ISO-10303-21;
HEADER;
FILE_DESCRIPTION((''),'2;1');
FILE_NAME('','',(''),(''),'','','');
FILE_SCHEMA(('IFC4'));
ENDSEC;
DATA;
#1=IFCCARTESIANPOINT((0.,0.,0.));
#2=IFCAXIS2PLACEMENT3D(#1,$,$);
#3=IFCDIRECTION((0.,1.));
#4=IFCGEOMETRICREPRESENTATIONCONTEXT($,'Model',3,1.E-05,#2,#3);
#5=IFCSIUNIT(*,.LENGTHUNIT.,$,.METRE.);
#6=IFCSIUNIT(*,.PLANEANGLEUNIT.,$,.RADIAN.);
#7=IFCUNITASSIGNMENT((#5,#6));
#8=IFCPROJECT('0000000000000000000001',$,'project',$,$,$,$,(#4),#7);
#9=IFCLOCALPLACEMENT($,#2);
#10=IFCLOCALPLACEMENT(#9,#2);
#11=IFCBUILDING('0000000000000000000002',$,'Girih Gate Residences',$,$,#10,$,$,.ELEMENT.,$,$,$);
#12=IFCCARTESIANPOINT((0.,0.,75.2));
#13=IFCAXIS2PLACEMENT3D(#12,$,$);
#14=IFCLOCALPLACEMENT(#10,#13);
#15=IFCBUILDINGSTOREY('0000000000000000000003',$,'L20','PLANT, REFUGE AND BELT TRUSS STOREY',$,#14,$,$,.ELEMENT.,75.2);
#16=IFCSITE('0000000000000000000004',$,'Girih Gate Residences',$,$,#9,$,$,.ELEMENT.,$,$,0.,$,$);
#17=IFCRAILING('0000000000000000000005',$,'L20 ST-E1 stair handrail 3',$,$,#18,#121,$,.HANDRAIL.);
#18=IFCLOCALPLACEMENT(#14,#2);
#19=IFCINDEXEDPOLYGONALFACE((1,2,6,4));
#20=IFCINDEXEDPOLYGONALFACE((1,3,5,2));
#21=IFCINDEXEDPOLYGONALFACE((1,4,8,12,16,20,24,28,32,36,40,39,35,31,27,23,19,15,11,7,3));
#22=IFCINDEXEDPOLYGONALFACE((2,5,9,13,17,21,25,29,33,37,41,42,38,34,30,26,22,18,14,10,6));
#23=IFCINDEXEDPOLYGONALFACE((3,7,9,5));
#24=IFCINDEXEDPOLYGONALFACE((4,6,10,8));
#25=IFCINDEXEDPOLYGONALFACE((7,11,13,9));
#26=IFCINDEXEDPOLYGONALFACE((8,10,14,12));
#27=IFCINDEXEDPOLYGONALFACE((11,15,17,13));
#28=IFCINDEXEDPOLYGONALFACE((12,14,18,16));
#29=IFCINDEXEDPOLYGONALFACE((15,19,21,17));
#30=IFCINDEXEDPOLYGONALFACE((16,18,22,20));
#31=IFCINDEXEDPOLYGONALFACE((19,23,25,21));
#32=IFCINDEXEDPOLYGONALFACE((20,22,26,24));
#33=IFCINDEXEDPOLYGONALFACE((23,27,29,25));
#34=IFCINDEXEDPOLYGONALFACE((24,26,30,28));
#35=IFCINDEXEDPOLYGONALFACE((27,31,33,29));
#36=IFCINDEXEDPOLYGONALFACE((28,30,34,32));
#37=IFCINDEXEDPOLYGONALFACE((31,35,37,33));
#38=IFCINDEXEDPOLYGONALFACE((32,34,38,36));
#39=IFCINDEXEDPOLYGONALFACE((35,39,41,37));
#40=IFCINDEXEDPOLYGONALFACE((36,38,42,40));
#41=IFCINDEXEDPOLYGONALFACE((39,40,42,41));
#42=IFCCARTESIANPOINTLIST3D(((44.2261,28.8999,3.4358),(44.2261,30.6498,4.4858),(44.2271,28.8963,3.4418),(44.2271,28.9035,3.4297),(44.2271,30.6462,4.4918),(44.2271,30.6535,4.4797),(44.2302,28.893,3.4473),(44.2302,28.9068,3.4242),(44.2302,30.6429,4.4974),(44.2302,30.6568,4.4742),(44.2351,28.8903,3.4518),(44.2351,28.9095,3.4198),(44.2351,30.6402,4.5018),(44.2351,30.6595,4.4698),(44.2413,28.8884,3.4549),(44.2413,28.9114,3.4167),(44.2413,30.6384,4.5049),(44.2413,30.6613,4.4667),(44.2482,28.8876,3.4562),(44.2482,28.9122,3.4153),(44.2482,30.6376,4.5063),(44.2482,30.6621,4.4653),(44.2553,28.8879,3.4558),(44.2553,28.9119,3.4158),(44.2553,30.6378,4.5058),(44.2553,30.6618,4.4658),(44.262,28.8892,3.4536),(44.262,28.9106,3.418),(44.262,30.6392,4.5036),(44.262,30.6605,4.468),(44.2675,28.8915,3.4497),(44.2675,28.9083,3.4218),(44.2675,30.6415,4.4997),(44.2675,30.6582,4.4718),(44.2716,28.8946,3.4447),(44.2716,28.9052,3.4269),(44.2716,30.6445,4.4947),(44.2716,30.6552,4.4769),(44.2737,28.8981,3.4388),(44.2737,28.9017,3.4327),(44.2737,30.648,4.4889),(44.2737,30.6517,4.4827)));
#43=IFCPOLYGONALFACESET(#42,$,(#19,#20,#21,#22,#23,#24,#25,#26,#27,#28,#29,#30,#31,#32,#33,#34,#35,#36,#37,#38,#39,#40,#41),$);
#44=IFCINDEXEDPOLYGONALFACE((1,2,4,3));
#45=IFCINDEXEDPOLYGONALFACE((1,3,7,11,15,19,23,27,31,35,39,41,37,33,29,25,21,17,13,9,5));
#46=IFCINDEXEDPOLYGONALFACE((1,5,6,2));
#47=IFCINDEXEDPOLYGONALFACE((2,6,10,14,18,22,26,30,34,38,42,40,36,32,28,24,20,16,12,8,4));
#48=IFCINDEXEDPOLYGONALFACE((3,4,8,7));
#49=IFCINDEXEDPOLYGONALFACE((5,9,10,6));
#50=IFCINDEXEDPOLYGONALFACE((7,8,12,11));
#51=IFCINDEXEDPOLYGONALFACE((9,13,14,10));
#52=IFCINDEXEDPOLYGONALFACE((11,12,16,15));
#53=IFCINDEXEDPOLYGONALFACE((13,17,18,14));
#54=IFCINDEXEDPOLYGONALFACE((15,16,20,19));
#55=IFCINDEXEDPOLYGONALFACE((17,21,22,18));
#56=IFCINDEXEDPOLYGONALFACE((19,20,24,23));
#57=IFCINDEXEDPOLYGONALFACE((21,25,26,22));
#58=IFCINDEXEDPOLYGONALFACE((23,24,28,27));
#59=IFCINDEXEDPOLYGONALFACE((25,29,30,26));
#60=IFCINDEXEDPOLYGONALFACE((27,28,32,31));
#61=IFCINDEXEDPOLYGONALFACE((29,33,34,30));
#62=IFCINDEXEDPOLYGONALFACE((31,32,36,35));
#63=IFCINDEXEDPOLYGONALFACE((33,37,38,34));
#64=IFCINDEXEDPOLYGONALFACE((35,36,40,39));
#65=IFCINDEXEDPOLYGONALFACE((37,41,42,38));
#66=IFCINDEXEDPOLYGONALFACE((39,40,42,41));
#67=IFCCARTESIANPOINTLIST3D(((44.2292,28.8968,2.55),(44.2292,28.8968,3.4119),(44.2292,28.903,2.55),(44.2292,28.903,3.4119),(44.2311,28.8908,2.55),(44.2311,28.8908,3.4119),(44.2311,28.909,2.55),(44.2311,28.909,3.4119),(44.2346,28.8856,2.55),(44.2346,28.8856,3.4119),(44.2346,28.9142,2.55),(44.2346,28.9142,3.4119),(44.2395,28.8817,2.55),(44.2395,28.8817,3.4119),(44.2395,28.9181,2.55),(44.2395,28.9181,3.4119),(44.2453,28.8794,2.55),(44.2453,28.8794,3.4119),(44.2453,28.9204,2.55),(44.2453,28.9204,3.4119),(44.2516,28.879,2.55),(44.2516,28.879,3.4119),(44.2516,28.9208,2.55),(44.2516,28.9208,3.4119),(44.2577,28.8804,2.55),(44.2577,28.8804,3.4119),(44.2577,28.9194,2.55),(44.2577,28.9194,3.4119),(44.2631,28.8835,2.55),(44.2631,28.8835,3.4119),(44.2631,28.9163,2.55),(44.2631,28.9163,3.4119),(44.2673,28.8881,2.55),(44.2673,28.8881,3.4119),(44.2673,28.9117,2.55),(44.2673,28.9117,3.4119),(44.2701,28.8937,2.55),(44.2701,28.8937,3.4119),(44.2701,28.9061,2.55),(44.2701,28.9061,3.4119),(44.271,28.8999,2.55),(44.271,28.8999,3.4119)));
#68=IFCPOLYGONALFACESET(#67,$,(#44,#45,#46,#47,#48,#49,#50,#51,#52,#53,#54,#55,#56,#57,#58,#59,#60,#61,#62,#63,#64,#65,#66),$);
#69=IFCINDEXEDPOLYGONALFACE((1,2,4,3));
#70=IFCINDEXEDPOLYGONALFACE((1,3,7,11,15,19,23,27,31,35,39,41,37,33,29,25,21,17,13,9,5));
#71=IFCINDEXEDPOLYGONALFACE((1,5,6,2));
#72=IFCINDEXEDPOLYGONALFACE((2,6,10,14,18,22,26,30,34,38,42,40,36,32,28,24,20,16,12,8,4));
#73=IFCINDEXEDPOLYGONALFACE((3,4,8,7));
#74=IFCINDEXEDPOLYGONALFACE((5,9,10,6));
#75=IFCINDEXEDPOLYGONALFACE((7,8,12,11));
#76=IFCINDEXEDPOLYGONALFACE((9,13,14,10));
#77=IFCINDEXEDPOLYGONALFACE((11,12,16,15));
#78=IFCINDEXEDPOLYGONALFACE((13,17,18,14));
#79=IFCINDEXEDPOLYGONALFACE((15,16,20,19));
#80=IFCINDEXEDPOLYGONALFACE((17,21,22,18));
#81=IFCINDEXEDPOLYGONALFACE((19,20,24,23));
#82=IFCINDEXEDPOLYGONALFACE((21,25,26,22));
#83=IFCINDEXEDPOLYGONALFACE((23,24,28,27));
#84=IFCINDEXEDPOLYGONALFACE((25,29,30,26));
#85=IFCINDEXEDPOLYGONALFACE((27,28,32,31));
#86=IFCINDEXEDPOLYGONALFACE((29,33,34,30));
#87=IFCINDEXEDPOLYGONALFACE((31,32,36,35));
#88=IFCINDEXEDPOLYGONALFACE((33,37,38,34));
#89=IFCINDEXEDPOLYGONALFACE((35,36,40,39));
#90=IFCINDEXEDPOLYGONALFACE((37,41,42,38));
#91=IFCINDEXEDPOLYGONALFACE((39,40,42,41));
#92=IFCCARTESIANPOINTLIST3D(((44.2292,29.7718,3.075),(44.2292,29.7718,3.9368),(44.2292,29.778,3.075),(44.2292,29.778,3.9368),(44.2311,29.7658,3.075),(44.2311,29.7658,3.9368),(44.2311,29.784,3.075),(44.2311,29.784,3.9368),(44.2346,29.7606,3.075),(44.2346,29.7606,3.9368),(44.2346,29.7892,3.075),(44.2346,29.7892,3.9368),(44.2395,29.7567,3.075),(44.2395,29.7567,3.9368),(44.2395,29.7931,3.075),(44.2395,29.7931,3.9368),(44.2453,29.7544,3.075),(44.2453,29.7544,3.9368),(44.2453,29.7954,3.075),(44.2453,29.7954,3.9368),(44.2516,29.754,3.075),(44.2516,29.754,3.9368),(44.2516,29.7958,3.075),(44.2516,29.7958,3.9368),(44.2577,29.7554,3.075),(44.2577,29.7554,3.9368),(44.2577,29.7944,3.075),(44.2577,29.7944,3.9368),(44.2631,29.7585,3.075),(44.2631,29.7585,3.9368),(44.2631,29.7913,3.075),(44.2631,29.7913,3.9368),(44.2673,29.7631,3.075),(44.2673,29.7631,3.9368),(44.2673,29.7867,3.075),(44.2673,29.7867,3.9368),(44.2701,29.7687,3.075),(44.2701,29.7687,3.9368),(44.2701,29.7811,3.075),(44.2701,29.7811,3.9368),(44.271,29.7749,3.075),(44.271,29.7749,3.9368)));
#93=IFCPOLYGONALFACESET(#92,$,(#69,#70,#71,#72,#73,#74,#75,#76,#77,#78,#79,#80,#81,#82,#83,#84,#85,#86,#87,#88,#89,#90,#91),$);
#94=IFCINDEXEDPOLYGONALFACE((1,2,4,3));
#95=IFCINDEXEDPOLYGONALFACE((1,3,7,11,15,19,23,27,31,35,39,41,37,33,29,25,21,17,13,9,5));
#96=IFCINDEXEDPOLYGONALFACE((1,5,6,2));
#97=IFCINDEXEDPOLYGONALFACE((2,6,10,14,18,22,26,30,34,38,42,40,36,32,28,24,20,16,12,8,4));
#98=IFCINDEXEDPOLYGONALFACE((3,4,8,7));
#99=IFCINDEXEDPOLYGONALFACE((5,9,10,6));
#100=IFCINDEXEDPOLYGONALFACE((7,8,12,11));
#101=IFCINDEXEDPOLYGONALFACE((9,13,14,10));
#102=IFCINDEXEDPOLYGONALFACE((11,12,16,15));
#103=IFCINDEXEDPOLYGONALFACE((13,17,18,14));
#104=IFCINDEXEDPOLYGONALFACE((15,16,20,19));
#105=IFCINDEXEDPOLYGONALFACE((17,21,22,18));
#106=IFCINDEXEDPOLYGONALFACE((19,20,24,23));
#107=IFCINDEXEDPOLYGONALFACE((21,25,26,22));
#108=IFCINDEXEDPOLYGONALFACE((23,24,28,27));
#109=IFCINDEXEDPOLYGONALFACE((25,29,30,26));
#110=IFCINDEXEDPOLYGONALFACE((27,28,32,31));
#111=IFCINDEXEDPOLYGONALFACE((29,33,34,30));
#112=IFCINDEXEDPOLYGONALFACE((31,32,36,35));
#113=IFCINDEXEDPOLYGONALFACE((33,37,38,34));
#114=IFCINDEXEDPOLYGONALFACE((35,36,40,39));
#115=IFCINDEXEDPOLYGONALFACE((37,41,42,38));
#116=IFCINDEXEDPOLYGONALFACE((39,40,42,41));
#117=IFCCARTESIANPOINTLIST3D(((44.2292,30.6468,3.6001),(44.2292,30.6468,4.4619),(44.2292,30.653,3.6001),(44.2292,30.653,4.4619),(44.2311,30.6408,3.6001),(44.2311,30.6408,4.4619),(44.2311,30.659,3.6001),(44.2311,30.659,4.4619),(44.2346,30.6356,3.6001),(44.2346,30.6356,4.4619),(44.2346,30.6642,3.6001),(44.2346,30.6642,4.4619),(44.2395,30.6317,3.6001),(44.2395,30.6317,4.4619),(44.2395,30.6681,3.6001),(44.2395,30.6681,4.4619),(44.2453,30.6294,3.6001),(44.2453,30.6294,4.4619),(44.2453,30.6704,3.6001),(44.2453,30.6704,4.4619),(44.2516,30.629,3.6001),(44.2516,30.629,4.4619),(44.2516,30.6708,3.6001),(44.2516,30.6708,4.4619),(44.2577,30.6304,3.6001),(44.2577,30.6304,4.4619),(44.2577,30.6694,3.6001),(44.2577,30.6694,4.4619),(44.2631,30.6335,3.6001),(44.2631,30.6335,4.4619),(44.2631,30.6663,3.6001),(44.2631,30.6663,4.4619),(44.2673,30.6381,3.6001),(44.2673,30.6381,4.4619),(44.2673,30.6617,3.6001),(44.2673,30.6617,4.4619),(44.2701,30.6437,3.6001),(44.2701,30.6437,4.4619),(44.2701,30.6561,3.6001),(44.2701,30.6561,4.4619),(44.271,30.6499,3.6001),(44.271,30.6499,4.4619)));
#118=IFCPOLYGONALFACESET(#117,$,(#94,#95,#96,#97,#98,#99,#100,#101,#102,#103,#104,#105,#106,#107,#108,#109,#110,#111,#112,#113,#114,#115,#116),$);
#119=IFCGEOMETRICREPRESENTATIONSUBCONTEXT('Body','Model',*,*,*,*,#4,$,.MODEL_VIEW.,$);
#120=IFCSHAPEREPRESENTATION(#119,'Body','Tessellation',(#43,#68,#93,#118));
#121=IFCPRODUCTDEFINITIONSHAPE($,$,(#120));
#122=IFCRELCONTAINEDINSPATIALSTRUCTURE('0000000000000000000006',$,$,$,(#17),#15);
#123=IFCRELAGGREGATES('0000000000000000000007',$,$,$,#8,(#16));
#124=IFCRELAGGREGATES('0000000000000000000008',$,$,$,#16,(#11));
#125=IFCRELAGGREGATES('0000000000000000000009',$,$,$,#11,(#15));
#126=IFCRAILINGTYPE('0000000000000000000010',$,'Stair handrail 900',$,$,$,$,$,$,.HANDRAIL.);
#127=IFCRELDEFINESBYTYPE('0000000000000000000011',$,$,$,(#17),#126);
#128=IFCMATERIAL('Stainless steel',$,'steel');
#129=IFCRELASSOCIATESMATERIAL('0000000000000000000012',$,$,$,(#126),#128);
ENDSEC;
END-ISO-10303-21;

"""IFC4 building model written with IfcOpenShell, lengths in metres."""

from ifc_helpers import new_model, si_unit, direction, frame, origin, origin_2d, place, context, subcontext, project, spatial, circle, extrude, material, type_object, element, save


model = new_model("IFC4")

# Units and contexts
model_context = context("Model", 3, precision=1e-05, world=origin(), true_north=direction((0.0, 1.0)))
body_context = subcontext(model_context, "Body", "Model", "MODEL_VIEW")
ifc_project = project(units=[si_unit("LENGTHUNIT", "METRE"), si_unit("PLANEANGLEUNIT", "RADIAN")], contexts=[model_context])

# Site, building, storey
site_placement = place(None, origin())
site = spatial("IfcSite", under=ifc_project, at=site_placement, Name="Girih Gate Residences", CompositionType="ELEMENT", RefElevation=0.0)
building_placement = place(site_placement, origin())
building = spatial("IfcBuilding", under=site, at=building_placement, Name="Girih Gate Residences", CompositionType="ELEMENT")
storey_placement = place(building_placement, frame((0.0, 0.0, 75.2)))
storey = spatial("IfcBuildingStorey", under=building, at=storey_placement, Name="L20", Description="PLANT, REFUGE AND BELT TRUSS STOREY", CompositionType="ELEMENT", Elevation=75.2)

# Railing
ifc_material_1 = material(Name="Stainless steel", Category="steel")
railing_type_1 = type_object("IfcRailingType", Name="Stair handrail 900", PredefinedType="HANDRAIL", material=ifc_material_1)
railing_1_placement = place(storey_placement, frame((44.25, 28.8999, 2.55)))
element("IfcRailing", 1, at=railing_1_placement, inside=storey, type_object=railing_type_1, Name="L20 ST-E1 stair handrail 3", PredefinedType="HANDRAIL", context=body_context, shape_type="SweptSolid", body=[
    extrude(circle(Radius=0.0239, at=origin_2d()), frame((0.0, 0.0, 0.8857), z_axis=(0.0, 0.857482, 0.514513), x_axis=(-1.0, 0.0, 0.0)), (0.0, 0.0, 1.0), 2.0408),
    extrude(circle(Radius=0.021, at=origin_2d()), origin(), (0.0, 0.0, 1.0), 0.8618),
    extrude(circle(Radius=0.021, at=origin_2d()), frame((0.0, 0.875, 0.5249)), (0.0, 0.0, 1.0), 0.8618),
    extrude(circle(Radius=0.021, at=origin_2d()), frame((0.0, 1.75, 1.05)), (0.0, 0.0, 1.0), 0.8618),
])

save(model, "model.ifc")
